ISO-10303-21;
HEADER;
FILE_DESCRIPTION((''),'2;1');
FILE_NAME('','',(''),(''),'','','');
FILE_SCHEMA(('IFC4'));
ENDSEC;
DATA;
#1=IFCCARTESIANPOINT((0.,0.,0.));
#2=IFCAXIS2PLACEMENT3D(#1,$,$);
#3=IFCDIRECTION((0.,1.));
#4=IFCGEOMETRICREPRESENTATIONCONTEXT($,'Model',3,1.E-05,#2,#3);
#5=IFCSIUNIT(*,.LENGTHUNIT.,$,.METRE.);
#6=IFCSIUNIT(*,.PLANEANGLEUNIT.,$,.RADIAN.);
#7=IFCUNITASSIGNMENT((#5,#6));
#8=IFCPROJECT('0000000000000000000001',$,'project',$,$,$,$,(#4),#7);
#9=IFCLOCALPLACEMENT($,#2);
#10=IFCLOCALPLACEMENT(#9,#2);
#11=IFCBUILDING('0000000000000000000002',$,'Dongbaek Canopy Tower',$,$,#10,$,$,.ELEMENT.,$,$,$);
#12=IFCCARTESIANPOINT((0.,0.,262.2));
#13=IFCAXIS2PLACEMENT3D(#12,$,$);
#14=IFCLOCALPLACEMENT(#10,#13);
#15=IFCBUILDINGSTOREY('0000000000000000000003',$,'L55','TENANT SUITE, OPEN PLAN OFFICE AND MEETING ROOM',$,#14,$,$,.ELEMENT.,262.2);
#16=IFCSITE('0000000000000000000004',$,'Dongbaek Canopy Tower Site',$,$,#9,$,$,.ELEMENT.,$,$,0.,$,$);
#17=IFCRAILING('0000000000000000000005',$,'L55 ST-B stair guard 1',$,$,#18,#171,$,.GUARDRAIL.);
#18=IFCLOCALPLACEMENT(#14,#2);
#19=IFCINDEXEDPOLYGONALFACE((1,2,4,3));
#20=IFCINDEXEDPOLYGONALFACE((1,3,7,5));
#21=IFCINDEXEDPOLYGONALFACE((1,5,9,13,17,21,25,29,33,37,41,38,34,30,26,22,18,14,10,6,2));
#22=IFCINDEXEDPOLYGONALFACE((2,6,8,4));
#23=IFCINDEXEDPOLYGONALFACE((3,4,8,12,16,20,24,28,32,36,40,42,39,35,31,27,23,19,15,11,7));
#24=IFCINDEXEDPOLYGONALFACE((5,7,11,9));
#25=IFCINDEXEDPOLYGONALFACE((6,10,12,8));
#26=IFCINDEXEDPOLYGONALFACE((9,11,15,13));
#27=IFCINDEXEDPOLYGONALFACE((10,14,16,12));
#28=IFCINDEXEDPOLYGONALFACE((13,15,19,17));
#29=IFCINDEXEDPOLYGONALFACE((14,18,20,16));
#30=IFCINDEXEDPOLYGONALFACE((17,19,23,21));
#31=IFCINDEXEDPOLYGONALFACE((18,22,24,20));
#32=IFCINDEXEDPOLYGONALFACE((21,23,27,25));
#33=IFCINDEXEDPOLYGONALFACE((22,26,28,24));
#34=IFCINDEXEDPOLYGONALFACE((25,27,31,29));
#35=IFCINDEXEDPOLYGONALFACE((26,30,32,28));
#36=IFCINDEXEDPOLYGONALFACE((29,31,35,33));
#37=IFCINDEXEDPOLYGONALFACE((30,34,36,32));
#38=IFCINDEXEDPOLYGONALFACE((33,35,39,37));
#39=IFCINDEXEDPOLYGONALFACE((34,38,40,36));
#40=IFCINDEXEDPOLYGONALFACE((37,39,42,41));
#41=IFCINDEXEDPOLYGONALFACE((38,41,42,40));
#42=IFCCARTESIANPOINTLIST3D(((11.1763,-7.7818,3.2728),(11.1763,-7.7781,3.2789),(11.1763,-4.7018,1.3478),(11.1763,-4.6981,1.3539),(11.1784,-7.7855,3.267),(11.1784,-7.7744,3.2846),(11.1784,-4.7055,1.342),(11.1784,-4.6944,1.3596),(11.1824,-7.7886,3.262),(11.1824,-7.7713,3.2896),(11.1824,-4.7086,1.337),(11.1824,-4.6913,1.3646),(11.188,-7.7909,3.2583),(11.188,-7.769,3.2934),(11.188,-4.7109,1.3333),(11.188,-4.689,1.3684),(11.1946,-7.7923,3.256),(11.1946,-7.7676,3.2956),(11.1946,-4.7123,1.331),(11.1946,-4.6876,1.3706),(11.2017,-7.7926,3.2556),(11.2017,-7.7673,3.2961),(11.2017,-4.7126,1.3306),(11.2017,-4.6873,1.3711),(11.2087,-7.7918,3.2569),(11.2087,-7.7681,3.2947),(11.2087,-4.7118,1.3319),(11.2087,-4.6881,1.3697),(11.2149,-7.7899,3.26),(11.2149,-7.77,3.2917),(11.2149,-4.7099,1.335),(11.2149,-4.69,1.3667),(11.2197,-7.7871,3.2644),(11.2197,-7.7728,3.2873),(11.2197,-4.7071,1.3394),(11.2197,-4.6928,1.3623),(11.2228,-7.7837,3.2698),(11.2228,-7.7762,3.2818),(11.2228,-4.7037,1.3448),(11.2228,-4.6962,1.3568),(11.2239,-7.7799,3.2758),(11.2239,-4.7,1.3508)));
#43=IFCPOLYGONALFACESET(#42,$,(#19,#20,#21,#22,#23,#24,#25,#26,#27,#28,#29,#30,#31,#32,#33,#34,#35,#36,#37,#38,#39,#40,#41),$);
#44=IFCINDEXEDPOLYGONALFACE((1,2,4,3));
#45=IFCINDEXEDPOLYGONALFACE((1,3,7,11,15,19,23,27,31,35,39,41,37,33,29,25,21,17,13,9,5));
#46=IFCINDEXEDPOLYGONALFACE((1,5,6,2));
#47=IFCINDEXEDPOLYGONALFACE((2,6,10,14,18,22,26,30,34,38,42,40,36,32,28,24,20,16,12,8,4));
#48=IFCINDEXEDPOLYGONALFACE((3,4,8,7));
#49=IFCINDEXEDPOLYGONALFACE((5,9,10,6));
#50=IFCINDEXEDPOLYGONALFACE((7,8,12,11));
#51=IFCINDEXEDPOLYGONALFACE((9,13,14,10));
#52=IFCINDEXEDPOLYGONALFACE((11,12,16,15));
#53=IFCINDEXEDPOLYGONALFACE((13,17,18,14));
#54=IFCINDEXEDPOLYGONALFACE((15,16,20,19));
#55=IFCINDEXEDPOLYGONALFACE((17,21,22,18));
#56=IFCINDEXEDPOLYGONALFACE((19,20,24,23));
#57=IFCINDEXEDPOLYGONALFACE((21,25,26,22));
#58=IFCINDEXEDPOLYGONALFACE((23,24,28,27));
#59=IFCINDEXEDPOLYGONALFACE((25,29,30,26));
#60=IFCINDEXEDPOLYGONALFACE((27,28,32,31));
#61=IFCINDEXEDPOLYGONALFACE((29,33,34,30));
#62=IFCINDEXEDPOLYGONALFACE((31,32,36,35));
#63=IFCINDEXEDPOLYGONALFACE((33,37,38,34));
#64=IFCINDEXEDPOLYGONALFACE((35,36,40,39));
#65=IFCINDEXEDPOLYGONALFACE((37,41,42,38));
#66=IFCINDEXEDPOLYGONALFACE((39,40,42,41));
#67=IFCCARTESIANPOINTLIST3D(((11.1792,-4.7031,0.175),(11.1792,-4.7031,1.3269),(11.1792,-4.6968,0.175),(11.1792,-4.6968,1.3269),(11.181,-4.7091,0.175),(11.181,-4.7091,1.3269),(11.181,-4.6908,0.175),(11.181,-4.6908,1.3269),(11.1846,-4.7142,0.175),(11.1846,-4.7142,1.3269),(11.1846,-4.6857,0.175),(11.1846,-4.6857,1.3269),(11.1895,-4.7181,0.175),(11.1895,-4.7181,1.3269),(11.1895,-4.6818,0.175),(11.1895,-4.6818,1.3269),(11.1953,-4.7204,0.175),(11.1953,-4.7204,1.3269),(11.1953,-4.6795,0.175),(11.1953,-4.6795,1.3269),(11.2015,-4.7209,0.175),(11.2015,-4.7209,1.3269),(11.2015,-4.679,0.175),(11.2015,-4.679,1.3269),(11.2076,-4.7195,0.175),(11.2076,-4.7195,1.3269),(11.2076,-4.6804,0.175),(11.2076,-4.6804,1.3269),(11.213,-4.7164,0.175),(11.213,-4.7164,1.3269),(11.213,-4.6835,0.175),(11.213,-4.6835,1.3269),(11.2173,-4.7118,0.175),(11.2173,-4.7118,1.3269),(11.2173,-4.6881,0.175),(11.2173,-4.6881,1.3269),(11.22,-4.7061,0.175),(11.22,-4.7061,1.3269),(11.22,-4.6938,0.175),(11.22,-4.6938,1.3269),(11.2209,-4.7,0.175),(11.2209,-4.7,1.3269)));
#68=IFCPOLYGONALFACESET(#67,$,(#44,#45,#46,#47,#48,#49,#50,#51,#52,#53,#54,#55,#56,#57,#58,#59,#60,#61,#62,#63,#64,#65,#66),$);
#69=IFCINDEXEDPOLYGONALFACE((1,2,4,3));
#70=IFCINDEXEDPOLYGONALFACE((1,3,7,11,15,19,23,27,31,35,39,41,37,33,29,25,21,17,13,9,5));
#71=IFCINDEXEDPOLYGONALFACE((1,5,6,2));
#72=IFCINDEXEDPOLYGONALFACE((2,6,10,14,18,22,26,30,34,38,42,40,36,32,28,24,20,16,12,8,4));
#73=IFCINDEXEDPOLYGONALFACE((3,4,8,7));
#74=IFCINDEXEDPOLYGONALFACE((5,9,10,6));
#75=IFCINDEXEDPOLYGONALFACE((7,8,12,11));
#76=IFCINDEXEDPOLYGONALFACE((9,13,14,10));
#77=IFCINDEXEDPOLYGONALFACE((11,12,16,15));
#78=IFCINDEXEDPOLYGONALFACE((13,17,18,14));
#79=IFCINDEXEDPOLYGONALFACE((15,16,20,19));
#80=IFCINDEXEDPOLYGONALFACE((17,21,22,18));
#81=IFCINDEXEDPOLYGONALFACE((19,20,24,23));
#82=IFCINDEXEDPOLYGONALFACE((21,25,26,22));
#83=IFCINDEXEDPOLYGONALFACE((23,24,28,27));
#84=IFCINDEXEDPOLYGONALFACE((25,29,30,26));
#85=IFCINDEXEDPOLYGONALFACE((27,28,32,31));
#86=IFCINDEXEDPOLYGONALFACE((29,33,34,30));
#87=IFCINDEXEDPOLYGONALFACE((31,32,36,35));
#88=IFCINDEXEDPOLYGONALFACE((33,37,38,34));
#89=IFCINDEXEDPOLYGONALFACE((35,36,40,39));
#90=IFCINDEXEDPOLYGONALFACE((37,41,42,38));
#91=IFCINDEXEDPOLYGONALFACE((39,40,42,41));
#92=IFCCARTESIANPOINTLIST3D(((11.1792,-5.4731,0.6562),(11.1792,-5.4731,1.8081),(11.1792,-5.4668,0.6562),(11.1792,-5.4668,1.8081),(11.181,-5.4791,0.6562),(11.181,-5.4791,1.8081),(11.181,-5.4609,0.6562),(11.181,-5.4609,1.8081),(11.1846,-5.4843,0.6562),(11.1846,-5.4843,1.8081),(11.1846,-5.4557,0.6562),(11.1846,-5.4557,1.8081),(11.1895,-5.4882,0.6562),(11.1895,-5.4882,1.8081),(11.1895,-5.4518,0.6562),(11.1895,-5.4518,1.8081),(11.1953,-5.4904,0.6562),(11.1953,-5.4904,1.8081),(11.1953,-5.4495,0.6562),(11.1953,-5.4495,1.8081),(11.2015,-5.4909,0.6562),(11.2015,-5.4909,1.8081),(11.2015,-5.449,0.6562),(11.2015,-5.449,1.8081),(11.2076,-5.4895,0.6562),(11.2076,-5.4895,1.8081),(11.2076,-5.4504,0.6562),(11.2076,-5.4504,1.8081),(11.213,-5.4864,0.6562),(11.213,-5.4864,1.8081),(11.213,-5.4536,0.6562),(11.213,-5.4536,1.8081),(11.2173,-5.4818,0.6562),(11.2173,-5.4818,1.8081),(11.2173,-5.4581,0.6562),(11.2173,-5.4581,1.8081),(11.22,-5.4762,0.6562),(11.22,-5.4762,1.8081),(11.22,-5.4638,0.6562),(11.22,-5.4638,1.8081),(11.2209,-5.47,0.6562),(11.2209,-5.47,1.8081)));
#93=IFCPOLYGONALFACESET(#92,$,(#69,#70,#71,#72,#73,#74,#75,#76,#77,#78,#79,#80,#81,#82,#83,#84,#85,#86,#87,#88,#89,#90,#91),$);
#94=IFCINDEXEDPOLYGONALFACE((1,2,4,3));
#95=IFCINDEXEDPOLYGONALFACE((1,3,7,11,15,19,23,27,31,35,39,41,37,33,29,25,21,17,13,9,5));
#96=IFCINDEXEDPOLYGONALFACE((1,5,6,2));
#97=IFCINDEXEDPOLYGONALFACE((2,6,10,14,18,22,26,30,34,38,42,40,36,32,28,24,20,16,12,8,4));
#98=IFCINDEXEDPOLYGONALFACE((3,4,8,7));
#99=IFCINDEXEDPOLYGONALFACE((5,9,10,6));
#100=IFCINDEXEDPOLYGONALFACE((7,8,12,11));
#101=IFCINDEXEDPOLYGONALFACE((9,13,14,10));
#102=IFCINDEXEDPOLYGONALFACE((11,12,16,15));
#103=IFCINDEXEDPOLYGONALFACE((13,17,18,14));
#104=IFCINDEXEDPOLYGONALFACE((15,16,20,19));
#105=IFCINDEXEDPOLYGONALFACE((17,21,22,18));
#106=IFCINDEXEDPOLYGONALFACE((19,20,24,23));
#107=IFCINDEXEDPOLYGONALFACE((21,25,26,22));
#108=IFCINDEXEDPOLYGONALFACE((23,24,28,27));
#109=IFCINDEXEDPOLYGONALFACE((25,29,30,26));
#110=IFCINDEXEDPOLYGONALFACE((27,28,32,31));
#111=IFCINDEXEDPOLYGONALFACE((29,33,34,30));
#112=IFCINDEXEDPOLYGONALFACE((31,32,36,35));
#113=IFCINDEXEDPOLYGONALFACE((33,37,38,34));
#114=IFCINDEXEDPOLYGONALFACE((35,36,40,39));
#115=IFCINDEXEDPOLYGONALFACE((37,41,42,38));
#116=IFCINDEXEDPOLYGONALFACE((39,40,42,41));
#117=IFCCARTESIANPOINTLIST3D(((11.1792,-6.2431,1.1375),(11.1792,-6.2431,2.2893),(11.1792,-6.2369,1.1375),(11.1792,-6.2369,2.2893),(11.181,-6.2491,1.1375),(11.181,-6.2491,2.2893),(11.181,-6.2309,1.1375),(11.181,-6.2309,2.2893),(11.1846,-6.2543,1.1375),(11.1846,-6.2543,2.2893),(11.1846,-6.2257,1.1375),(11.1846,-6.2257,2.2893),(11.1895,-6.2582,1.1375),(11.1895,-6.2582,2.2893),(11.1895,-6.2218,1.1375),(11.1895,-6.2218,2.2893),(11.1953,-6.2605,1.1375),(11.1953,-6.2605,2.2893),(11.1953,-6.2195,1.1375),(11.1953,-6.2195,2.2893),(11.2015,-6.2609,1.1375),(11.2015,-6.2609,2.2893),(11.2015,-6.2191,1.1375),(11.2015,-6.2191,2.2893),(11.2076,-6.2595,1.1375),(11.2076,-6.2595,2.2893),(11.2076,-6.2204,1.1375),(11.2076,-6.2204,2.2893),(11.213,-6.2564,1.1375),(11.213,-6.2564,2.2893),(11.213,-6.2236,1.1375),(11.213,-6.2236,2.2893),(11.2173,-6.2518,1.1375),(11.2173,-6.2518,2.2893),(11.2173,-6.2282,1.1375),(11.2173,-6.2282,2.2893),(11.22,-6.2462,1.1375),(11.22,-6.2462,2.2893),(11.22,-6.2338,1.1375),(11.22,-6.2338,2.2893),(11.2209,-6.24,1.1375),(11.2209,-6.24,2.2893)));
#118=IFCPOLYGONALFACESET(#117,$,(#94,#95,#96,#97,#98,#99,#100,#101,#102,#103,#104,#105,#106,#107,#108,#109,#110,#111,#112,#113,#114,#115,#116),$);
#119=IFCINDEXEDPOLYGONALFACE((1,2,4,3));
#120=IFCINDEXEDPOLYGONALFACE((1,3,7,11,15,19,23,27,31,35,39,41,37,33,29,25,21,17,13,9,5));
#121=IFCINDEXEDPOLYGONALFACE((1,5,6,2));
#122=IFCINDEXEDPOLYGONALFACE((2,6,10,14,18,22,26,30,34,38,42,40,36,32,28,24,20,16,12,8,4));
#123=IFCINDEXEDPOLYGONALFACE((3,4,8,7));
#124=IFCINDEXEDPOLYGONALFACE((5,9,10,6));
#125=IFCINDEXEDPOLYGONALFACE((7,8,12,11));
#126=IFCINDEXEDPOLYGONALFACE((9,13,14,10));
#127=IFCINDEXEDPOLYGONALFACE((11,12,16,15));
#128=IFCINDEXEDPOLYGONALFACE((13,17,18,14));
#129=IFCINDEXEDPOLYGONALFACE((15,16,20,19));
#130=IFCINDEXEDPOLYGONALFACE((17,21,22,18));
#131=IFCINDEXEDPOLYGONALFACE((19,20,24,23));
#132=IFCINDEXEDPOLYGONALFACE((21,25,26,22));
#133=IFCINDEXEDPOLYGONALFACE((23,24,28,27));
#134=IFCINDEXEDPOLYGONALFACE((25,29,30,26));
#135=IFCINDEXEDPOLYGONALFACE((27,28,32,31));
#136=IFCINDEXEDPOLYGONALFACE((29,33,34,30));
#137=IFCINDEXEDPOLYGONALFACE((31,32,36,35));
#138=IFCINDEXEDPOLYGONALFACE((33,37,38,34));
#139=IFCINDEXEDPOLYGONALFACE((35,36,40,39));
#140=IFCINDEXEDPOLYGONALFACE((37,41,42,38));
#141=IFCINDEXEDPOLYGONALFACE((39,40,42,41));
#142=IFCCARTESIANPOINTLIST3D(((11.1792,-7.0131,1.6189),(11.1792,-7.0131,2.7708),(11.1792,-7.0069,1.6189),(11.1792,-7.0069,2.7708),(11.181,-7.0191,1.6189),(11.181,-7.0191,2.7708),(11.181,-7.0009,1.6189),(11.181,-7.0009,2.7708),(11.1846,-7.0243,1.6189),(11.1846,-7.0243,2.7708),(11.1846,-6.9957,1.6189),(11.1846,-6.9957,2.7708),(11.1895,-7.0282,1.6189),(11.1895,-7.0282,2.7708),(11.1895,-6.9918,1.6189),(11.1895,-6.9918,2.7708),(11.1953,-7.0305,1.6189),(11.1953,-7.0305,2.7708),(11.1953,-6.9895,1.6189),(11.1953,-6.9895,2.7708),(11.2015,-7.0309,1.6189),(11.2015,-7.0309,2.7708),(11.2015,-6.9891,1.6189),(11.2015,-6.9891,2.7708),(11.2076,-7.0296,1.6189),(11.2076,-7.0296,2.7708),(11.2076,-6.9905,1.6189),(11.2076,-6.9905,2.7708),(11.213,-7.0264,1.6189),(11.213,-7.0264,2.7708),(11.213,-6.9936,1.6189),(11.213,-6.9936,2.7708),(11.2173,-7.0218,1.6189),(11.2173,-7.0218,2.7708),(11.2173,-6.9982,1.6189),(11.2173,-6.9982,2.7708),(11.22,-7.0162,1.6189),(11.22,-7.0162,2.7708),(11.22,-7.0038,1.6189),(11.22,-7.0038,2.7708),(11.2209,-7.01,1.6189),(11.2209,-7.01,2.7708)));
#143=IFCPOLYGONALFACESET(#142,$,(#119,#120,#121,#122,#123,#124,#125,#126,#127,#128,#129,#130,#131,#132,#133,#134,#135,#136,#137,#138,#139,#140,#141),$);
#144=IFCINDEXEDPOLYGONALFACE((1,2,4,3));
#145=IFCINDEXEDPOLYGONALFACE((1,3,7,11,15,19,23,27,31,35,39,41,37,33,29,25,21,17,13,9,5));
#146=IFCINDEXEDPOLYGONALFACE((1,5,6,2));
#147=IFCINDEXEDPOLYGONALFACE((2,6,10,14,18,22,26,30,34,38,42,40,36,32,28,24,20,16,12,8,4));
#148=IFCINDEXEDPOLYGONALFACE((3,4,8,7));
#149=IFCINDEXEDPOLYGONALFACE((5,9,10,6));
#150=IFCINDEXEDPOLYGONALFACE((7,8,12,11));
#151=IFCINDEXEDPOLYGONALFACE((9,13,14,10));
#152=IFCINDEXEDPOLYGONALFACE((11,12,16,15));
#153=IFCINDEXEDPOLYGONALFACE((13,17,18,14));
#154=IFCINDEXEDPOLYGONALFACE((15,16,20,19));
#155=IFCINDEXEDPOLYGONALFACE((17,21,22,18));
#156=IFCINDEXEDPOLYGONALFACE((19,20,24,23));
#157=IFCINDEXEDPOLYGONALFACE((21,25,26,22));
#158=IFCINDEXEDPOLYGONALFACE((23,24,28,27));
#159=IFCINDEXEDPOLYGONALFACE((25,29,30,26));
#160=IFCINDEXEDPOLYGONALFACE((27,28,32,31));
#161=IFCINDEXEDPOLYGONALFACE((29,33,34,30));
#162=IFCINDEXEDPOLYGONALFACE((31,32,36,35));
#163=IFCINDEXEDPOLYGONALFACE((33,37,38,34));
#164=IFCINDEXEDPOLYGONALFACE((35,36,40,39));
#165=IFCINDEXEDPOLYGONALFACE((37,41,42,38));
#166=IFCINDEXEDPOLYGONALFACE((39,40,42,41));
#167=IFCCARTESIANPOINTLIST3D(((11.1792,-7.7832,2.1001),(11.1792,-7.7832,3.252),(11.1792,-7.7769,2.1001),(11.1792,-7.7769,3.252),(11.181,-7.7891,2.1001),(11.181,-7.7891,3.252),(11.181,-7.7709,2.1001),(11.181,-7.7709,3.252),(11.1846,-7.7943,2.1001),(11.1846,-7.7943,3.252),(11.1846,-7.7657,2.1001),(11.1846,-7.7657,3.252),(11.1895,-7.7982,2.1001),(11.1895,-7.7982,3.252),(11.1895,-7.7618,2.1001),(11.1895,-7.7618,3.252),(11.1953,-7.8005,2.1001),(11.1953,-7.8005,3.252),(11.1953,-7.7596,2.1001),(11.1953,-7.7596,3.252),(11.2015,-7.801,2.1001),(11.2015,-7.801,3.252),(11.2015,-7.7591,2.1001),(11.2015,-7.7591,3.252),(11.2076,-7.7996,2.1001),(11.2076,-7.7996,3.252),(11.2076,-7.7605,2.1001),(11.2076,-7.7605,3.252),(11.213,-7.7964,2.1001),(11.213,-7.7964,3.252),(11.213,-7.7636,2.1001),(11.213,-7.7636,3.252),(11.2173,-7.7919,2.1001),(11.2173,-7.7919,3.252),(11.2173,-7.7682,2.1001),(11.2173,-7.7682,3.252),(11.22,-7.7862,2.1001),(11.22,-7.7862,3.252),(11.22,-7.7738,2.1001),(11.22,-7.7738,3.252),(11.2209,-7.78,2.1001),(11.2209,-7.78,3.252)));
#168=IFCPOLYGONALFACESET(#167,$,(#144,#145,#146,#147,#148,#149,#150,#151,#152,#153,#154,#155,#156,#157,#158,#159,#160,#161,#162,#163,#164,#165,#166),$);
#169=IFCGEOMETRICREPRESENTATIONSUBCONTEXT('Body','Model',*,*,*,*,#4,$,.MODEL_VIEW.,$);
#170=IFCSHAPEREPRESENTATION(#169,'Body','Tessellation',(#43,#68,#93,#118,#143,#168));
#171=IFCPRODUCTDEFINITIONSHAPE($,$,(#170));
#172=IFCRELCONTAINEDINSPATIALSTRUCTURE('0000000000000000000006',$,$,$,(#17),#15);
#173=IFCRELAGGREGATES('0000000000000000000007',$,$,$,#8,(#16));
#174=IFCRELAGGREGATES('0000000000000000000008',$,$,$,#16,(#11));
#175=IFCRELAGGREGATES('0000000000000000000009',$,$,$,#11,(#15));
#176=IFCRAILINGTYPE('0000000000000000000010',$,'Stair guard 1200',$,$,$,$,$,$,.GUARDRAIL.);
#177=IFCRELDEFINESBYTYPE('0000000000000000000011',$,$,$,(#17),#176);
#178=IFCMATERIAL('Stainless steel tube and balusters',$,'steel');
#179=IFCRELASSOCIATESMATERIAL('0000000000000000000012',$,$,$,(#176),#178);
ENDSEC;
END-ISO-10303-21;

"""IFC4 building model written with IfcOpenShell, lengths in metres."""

from ifc_helpers import new_model, si_unit, direction, frame, origin, origin_2d, place, context, subcontext, project, spatial, circle, extrude, material, type_object, element, save


model = new_model("IFC4")

# Units and contexts
model_context = context("Model", 3, precision=1e-05, world=origin(), true_north=direction((0.0, 1.0)))
body_context = subcontext(model_context, "Body", "Model", "MODEL_VIEW")
ifc_project = project(units=[si_unit("LENGTHUNIT", "METRE"), si_unit("PLANEANGLEUNIT", "RADIAN")], contexts=[model_context])

# Site, building, storey
site_placement = place(None, origin())
site = spatial("IfcSite", under=ifc_project, at=site_placement, Name="Dongbaek Canopy Tower Site", CompositionType="ELEMENT", RefElevation=0.0)
building_placement = place(site_placement, origin())
building = spatial("IfcBuilding", under=site, at=building_placement, Name="Dongbaek Canopy Tower", CompositionType="ELEMENT")
storey_placement = place(building_placement, frame((0.0, 0.0, 262.2)))
storey = spatial("IfcBuildingStorey", under=building, at=storey_placement, Name="L55", Description="TENANT SUITE, OPEN PLAN OFFICE AND MEETING ROOM", CompositionType="ELEMENT", Elevation=262.2)

# Railing
ifc_material_1 = material(Name="Stainless steel tube and balusters", Category="steel")
railing_type_1 = type_object("IfcRailingType", Name="Stair guard 1200", PredefinedType="GUARDRAIL", material=ifc_material_1)
railing_1_placement = place(storey_placement, frame((11.2, -4.7, 0.175)))
element("IfcRailing", 1, at=railing_1_placement, inside=storey, type_object=railing_type_1, Name="L55 ST-B stair guard 1", PredefinedType="GUARDRAIL", context=body_context, shape_type="SweptSolid", body=[
    extrude(circle(Radius=0.0239, at=origin_2d()), frame((0.0, 0.0, 1.1758), z_axis=(0.0, -0.847998, 0.529999), x_axis=(1.0, 0.0, 0.0)), (0.0, 0.0, 1.0), 3.6321),
    extrude(circle(Radius=0.021, at=origin_2d()), origin(), (0.0, 0.0, 1.0), 1.1519),
    extrude(circle(Radius=0.021, at=origin_2d()), frame((0.0, -0.77, 0.4812)), (0.0, 0.0, 1.0), 1.1519),
    extrude(circle(Radius=0.021, at=origin_2d()), frame((0.0, -1.54, 0.9624)), (0.0, 0.0, 1.0), 1.1519),
    extrude(circle(Radius=0.021, at=origin_2d()), frame((0.0, -2.3101, 1.4438)), (0.0, 0.0, 1.0), 1.1519),
    extrude(circle(Radius=0.021, at=origin_2d()), frame((0.0, -3.0801, 1.925)), (0.0, 0.0, 1.0), 1.1519),
])

save(model, "model.ifc")
